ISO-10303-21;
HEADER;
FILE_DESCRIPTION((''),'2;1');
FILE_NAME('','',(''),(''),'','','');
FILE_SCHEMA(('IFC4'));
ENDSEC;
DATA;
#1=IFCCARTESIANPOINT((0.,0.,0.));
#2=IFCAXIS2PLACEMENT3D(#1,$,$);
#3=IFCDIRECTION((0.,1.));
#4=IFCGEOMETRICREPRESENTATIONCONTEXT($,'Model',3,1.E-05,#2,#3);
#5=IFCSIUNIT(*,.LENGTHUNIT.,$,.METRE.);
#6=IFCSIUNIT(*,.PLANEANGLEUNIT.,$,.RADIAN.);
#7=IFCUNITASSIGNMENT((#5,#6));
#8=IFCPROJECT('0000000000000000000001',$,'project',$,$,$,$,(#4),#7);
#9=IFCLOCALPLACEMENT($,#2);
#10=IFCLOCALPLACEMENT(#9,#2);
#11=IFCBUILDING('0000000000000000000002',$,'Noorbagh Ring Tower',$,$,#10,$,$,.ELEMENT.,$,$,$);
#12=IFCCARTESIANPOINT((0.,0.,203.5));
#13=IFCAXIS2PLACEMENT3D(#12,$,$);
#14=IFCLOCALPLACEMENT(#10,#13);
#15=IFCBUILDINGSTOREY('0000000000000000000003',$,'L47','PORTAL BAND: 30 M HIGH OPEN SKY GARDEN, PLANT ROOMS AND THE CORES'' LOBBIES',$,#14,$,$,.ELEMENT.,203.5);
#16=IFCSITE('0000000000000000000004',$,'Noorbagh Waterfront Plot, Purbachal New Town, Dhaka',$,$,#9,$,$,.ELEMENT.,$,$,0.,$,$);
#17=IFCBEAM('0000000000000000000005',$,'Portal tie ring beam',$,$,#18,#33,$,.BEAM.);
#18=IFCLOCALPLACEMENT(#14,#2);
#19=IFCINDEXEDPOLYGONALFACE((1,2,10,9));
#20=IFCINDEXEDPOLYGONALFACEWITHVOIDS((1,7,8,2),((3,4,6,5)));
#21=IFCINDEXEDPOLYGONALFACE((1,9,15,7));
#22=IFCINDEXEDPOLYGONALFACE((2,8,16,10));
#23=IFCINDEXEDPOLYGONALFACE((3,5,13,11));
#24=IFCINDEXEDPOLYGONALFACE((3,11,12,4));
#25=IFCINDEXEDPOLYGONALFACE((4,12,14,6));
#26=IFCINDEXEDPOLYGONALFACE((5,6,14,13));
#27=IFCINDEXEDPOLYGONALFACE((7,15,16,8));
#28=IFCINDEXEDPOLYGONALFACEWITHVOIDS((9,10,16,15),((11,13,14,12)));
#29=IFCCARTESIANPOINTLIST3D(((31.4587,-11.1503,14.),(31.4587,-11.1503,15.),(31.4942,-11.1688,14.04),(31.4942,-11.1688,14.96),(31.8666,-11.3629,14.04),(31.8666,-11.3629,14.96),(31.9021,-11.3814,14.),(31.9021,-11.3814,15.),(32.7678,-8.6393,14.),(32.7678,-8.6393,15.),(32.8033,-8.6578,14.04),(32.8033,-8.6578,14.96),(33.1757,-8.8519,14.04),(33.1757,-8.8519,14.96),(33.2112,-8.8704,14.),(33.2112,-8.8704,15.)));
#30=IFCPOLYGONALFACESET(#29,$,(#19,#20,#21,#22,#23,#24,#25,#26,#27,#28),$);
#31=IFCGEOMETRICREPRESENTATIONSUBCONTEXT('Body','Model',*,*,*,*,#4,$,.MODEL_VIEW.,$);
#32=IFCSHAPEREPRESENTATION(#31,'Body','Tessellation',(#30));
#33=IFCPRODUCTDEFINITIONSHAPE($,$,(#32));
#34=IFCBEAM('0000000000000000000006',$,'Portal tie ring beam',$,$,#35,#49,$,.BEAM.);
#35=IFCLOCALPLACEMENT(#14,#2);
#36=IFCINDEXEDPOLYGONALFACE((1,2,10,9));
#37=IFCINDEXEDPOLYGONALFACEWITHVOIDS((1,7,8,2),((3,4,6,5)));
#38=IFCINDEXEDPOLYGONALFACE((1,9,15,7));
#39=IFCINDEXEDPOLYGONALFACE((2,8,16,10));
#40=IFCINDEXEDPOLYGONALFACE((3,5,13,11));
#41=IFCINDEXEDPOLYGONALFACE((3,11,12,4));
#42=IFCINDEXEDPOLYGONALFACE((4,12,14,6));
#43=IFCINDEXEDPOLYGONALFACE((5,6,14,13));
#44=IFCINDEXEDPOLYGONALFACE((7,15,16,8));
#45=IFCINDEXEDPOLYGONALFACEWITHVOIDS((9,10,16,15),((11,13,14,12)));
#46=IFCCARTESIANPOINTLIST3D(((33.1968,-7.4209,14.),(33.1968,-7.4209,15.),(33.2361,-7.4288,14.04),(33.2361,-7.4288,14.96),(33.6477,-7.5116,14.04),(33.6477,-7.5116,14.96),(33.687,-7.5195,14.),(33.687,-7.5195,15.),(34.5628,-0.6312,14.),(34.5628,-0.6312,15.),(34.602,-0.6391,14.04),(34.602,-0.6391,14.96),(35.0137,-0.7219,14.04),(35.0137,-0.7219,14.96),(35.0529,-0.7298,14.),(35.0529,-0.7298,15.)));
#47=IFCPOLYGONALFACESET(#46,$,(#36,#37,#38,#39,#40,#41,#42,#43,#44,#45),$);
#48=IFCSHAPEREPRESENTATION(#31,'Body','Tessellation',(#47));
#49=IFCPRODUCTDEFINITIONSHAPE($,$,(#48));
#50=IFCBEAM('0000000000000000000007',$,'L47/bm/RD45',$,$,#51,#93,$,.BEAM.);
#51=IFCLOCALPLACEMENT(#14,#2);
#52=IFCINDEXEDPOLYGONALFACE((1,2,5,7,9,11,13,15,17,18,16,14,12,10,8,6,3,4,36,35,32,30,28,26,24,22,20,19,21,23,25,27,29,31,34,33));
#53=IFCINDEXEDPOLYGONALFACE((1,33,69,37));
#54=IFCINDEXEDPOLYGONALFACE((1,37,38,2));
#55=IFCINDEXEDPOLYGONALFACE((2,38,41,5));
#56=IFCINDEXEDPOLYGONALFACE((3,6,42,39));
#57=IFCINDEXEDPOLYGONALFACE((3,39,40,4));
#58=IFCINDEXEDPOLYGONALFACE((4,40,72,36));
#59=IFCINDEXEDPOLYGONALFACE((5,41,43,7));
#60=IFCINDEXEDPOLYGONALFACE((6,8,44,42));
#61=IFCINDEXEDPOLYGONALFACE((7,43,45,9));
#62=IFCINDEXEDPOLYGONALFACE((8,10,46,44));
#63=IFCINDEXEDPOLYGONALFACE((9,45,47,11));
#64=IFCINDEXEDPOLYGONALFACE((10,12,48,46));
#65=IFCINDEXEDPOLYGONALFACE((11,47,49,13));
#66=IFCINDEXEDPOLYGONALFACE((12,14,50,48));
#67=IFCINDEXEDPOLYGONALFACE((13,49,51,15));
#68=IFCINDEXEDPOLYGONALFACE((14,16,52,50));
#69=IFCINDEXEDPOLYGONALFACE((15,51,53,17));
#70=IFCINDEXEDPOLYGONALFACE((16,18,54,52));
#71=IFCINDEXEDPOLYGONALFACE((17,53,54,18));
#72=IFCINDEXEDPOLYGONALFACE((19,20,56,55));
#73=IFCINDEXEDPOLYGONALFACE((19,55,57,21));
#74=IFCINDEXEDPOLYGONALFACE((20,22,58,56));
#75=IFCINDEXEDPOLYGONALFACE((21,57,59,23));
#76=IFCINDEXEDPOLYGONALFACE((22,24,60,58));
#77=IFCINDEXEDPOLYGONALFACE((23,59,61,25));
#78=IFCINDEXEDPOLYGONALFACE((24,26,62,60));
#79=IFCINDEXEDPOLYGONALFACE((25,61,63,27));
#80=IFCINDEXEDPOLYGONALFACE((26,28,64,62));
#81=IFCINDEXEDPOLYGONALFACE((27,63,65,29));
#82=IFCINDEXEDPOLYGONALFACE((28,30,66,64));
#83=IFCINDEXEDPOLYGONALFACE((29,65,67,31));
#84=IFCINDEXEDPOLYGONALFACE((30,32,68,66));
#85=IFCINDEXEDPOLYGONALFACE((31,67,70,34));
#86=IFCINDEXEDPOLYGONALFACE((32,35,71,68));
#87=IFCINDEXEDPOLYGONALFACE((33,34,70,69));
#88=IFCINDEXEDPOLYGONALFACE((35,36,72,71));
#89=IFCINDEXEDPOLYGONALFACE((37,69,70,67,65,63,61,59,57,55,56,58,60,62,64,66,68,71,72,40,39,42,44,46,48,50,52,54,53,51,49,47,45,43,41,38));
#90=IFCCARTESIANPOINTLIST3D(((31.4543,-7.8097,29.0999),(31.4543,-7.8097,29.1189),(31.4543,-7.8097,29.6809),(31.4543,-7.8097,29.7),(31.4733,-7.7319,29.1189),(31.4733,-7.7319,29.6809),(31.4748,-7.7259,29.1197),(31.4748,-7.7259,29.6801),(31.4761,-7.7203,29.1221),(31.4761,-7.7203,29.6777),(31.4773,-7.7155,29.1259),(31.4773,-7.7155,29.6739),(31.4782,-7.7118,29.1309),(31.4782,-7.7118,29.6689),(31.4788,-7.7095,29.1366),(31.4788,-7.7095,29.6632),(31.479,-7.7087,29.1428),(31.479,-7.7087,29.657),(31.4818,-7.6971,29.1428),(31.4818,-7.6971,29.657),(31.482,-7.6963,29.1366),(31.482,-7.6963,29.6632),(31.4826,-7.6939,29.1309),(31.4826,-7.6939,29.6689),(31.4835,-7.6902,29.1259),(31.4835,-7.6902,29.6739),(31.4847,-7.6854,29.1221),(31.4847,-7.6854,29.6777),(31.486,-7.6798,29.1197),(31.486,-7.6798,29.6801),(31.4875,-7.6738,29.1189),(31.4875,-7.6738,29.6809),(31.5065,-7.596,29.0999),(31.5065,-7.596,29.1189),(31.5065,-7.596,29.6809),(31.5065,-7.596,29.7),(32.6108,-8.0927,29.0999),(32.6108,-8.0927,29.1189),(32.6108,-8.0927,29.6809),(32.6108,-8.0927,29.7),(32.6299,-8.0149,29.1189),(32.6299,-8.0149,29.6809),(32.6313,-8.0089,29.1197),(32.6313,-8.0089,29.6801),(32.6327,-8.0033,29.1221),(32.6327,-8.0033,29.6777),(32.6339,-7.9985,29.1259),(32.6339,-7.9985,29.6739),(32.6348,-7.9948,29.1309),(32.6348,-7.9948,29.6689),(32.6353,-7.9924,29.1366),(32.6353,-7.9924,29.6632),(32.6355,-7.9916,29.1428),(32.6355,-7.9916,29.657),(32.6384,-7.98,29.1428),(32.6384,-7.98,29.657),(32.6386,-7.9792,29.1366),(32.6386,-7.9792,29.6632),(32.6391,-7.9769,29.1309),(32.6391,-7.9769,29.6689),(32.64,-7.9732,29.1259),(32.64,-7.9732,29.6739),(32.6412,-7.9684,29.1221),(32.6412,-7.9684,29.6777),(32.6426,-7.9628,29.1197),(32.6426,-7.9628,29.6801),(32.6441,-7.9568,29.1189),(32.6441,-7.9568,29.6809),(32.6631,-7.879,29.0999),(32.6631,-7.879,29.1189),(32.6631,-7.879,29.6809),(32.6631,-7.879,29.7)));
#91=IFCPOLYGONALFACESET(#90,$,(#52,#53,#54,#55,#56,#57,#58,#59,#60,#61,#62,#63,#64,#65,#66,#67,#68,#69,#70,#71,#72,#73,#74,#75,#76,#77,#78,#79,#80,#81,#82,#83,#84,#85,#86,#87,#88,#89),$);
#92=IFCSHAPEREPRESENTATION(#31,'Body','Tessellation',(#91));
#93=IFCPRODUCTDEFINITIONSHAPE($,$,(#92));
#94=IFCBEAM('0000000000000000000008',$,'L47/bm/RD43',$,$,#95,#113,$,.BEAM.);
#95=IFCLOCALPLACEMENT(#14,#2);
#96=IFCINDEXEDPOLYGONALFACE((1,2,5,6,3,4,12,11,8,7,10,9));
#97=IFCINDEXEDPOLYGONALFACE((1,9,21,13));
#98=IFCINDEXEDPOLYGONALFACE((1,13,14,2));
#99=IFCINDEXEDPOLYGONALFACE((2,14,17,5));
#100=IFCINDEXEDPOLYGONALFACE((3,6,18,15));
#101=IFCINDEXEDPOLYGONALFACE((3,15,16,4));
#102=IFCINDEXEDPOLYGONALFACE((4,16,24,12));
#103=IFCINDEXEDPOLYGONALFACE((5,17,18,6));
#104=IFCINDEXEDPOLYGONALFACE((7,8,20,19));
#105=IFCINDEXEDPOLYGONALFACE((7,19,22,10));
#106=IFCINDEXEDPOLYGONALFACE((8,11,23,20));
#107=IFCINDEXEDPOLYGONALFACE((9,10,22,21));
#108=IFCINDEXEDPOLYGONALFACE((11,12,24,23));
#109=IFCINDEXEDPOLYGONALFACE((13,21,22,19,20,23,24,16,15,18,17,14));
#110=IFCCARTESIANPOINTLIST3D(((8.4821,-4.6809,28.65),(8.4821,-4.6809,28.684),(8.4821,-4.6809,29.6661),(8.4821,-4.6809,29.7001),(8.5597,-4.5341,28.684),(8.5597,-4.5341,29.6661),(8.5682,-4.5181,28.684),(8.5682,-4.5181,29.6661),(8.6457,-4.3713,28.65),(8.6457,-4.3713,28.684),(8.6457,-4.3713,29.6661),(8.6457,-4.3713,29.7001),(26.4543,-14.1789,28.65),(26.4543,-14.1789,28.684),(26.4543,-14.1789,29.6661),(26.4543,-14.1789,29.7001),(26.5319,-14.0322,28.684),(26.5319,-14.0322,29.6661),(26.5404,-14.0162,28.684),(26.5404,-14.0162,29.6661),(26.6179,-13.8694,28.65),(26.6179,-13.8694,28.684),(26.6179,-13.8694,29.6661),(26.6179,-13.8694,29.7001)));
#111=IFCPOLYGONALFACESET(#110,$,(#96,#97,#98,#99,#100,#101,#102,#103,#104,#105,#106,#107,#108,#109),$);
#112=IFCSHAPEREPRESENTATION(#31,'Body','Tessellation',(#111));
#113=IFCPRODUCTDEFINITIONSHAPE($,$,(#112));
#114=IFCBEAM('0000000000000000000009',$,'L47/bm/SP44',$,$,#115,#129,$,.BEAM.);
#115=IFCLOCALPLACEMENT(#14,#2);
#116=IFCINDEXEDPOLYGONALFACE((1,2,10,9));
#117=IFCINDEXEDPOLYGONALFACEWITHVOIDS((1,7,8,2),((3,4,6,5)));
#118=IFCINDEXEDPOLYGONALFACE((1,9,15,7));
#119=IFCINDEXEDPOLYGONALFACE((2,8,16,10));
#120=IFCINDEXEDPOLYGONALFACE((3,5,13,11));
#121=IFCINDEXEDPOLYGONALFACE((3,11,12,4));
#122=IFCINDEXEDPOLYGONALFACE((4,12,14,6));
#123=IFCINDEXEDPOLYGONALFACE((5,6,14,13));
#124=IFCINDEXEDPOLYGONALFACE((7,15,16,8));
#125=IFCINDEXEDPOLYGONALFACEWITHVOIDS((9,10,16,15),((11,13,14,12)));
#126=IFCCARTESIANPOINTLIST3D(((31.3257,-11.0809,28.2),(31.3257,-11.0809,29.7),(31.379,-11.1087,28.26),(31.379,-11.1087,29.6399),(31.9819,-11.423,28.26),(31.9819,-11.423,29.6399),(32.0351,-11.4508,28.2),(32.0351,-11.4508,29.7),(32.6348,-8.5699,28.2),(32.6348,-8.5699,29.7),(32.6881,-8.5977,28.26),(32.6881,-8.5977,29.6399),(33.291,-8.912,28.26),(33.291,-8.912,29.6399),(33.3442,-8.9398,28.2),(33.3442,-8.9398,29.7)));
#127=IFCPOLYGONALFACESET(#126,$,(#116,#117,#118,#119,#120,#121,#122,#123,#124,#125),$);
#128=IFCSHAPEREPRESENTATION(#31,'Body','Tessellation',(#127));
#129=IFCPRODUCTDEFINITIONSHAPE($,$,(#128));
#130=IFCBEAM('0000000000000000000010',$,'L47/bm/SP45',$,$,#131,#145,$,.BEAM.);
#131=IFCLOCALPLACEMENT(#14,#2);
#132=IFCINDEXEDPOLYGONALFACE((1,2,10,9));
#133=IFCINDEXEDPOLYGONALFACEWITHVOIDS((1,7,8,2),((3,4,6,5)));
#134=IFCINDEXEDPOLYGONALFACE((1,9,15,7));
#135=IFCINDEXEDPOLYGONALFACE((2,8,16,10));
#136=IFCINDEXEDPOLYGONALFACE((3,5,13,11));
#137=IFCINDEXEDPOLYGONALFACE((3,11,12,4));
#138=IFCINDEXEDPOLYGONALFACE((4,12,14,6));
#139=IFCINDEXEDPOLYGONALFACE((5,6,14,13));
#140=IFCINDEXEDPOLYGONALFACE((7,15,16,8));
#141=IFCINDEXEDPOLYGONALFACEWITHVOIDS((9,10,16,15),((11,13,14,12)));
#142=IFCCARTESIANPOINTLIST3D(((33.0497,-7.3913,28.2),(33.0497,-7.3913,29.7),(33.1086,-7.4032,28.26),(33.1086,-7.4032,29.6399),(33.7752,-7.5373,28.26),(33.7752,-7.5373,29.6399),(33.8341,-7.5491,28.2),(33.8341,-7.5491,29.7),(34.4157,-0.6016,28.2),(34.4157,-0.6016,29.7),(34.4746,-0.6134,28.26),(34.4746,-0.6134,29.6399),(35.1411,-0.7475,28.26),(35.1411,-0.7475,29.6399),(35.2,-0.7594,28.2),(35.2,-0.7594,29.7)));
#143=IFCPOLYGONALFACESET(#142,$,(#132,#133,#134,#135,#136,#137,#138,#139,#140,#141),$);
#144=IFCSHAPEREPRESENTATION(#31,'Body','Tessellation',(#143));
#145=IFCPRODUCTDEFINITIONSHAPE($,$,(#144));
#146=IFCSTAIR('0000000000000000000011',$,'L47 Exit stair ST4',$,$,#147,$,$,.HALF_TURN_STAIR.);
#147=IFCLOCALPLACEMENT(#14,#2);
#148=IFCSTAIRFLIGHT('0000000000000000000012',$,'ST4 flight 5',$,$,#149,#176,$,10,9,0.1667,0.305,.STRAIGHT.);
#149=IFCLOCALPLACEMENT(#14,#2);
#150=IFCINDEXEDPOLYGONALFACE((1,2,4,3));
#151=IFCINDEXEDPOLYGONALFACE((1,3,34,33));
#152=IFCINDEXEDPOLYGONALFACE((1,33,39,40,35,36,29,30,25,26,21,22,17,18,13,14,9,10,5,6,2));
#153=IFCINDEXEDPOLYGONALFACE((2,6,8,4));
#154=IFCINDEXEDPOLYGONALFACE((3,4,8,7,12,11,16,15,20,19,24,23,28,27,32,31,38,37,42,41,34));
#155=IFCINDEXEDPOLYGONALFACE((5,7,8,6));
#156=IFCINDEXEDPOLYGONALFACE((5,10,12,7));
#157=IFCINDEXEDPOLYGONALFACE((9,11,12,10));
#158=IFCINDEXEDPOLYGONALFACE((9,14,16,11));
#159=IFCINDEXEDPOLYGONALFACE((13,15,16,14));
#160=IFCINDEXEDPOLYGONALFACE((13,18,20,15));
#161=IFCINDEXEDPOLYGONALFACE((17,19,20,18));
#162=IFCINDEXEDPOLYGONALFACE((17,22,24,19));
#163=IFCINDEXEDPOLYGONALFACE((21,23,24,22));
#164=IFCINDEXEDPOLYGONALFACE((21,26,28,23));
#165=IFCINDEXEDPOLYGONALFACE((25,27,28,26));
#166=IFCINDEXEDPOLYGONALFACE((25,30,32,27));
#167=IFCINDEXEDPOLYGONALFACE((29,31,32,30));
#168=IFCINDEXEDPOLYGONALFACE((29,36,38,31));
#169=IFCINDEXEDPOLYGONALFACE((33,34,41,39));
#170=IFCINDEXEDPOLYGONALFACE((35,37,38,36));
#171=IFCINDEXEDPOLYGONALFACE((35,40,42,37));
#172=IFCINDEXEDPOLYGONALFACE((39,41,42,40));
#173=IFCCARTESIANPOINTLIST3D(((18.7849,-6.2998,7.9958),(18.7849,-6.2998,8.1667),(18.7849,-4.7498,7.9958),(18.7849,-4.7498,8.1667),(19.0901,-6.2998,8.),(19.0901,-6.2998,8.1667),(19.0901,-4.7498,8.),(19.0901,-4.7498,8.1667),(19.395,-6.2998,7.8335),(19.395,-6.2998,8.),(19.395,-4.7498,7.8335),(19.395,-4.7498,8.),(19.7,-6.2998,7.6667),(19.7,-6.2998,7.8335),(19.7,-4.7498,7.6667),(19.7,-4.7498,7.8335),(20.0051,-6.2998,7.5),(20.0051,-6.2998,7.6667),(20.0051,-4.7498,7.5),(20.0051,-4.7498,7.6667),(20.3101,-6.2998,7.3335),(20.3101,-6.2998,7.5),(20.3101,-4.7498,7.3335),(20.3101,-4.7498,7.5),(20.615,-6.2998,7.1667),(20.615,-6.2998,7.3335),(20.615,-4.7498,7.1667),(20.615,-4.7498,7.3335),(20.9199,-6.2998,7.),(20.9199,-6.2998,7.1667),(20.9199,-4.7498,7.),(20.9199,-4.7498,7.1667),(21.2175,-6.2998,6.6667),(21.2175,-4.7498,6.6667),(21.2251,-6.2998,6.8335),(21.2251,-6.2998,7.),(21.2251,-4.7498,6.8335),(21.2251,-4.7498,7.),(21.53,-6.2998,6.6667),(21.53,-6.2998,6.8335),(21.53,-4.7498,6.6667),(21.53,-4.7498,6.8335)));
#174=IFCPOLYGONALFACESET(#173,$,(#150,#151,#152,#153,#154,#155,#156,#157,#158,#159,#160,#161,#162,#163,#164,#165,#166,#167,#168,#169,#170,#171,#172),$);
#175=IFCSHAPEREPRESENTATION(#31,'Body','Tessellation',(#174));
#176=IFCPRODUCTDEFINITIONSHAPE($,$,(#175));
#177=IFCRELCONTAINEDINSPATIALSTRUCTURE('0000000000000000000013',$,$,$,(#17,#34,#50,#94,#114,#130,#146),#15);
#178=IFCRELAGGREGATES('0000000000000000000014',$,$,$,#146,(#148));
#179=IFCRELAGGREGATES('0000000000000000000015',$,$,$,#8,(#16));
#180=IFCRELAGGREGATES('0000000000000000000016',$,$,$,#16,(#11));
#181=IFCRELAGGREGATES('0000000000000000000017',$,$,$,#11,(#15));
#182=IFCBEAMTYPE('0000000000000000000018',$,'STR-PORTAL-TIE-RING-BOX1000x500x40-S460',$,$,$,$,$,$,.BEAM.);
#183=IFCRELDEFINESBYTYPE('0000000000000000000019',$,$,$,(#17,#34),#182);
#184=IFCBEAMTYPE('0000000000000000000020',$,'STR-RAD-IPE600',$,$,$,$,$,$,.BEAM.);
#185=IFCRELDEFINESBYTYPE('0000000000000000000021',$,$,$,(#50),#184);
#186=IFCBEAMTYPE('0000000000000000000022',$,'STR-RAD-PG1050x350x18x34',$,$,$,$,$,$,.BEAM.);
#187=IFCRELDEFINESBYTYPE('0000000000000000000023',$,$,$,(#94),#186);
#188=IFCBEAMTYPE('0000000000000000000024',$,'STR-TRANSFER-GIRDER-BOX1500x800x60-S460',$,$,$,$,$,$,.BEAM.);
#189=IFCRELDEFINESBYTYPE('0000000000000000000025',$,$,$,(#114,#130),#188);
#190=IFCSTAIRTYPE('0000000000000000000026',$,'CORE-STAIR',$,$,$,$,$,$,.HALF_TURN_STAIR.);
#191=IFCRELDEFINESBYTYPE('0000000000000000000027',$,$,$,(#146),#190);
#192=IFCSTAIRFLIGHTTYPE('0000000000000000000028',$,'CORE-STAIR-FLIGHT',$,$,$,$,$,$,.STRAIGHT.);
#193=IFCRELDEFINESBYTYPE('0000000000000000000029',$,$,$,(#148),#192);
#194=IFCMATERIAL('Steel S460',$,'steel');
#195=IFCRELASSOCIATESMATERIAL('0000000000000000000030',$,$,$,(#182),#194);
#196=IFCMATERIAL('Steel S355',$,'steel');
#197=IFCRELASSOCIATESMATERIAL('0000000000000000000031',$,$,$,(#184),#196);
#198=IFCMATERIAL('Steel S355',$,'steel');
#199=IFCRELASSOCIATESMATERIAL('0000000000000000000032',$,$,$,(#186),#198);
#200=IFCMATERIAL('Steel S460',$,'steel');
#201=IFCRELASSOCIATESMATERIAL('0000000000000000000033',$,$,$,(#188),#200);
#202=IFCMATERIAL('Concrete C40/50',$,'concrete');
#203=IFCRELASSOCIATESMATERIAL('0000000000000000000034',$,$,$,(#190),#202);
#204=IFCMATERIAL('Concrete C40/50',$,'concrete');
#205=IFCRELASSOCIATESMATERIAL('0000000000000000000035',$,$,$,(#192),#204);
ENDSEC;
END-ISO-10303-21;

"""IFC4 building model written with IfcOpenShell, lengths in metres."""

from ifc_helpers import new_model, si_unit, direction, frame, origin, origin_2d, place, context, subcontext, project, spatial, polyline, hollow_rectangle, i_section, outline, extrude, material, material_profile, profile_set, type_object, element, aggregate, save


model = new_model("IFC4")

# Units and contexts
model_context = context("Model", 3, precision=1e-05, world=origin(), true_north=direction((0.0, 1.0)))
body_context = subcontext(model_context, "Body", "Model", "MODEL_VIEW")
ifc_project = project(units=[si_unit("LENGTHUNIT", "METRE"), si_unit("PLANEANGLEUNIT", "RADIAN")], contexts=[model_context])

# Site, building, storey
site_placement = place(None, origin())
site = spatial("IfcSite", under=ifc_project, at=site_placement, Name="Noorbagh Waterfront Plot, Purbachal New Town, Dhaka", CompositionType="ELEMENT", RefElevation=0.0)
building_placement = place(site_placement, origin())
building = spatial("IfcBuilding", under=site, at=building_placement, Name="Noorbagh Ring Tower", CompositionType="ELEMENT")
storey_placement = place(building_placement, frame((0.0, 0.0, 203.5)))
storey = spatial("IfcBuildingStorey", under=building, at=storey_placement, Name="L47", Description="PORTAL BAND: 30 M HIGH OPEN SKY GARDEN, PLANT ROOMS AND THE CORES' LOBBIES", CompositionType="ELEMENT", Elevation=203.5)

# Beams
ifc_material_1 = material(Name="Steel S460", Category="steel")
ifc_material_profile_1 = material_profile(ifc_material_1, hollow_rectangle(XDim=0.5, YDim=1.0, WallThickness=0.04, at=origin_2d()), Name="BOX1000x500x40")
ifc_profile_set_1 = profile_set([ifc_material_profile_1], Name="Steel S460")
beam_type_1 = type_object("IfcBeamType", Name="STR-PORTAL-TIE-RING-BOX1000x500x40-S460", PredefinedType="BEAM", material=ifc_profile_set_1)
beam_1_placement = place(storey_placement, frame((31.6804, -11.2659, 14.5), z_axis=(0.462289, 0.886729, 0.0), x_axis=(-0.886729, 0.462289, 0.0)))
element("IfcBeam", 1, at=beam_1_placement, inside=storey, type_object=beam_type_1, Name="Portal tie ring beam", PredefinedType="BEAM", context=body_context, shape_type="SweptSolid", body=[
    extrude(hollow_rectangle(XDim=0.5, YDim=1.0, WallThickness=0.04, at=origin_2d()), origin(), (0.0, 0.0, 1.0), 2.8318),
])
beam_2_placement = place(storey_placement, frame((33.4419, -7.4702, 14.5), z_axis=(0.197228, 0.980358, 0.0), x_axis=(-0.980358, 0.197228, 0.0)))
element("IfcBeam", 2, at=beam_2_placement, inside=storey, type_object=beam_type_1, Name="Portal tie ring beam", PredefinedType="BEAM", context=body_context, shape_type="SweptSolid", body=[
    extrude(hollow_rectangle(XDim=0.5, YDim=1.0, WallThickness=0.04, at=origin_2d()), origin(), (0.0, 0.0, 1.0), 6.9258),
])
ifc_material_2 = material(Name="Steel S355", Category="steel")
ifc_material_profile_2 = material_profile(ifc_material_2, i_section(OverallWidth=0.22, OverallDepth=0.6001, WebThickness=0.012, FlangeThickness=0.019, FilletRadius=0.0239, at=origin_2d()), Name="IPE600")
ifc_profile_set_2 = profile_set([ifc_material_profile_2], Name="Steel S355")
beam_type_2 = type_object("IfcBeamType", Name="STR-RAD-IPE600", PredefinedType="BEAM", material=ifc_profile_set_2)
beam_3_placement = place(storey_placement, frame((32.637, -7.9858, 29.3999), z_axis=(-0.971349, 0.237659, 0.0), x_axis=(-0.237659, -0.971349, 0.0)))
element("IfcBeam", 3, at=beam_3_placement, inside=storey, type_object=beam_type_2, Name="L47/bm/RD45", PredefinedType="BEAM", context=body_context, shape_type="SweptSolid", body=[
    extrude(i_section(OverallWidth=0.22, OverallDepth=0.6001, WebThickness=0.012, FlangeThickness=0.019, FilletRadius=0.0239, at=origin_2d()), origin(), (0.0, 0.0, 1.0), 1.1907),
])
ifc_material_3 = material(Name="Steel S355", Category="steel")
ifc_material_profile_3 = material_profile(ifc_material_3, i_section(OverallWidth=0.3501, OverallDepth=1.05, WebThickness=0.0181, FlangeThickness=0.0339, at=origin_2d()), Name="PG1050x350x18x34")
ifc_profile_set_3 = profile_set([ifc_material_profile_3], Name="Steel S355")
beam_type_3 = type_object("IfcBeamType", Name="STR-RAD-PG1050x350x18x34", PredefinedType="BEAM", material=ifc_profile_set_3)
beam_4_placement = place(storey_placement, frame((26.5361, -14.0242, 29.175), z_axis=(-0.884126, 0.467249, 0.0), x_axis=(-0.467249, -0.884126, 0.0)))
element("IfcBeam", 4, at=beam_4_placement, inside=storey, type_object=beam_type_3, Name="L47/bm/RD43", PredefinedType="BEAM", context=body_context, shape_type="SweptSolid", body=[
    extrude(i_section(OverallWidth=0.3501, OverallDepth=1.05, WebThickness=0.0181, FlangeThickness=0.0339, at=origin_2d()), origin(), (0.0, 0.0, 1.0), 20.3276),
])
ifc_material_4 = material(Name="Steel S460", Category="steel")
ifc_material_profile_4 = material_profile(ifc_material_4, hollow_rectangle(XDim=0.8, YDim=1.5, WallThickness=0.0601, at=origin_2d()), Name="BOX1500x800x60")
ifc_profile_set_4 = profile_set([ifc_material_profile_4], Name="Steel S460")
beam_type_4 = type_object("IfcBeamType", Name="STR-TRANSFER-GIRDER-BOX1500x800x60-S460", PredefinedType="BEAM", material=ifc_profile_set_4)
beam_5_placement = place(storey_placement, frame((31.6804, -11.2659, 28.95), z_axis=(0.462289, 0.886729, 0.0), x_axis=(-0.886729, 0.462289, 0.0)))
element("IfcBeam", 5, at=beam_5_placement, inside=storey, type_object=beam_type_4, Name="L47/bm/SP44", PredefinedType="BEAM", context=body_context, shape_type="SweptSolid", body=[
    extrude(hollow_rectangle(XDim=0.8, YDim=1.5, WallThickness=0.0601, at=origin_2d()), origin(), (0.0, 0.0, 1.0), 2.8318),
])
beam_6_placement = place(storey_placement, frame((33.4419, -7.4702, 28.95), z_axis=(0.197228, 0.980358, 0.0), x_axis=(-0.980358, 0.197228, 0.0)))
element("IfcBeam", 6, at=beam_6_placement, inside=storey, type_object=beam_type_4, Name="L47/bm/SP45", PredefinedType="BEAM", context=body_context, shape_type="SweptSolid", body=[
    extrude(hollow_rectangle(XDim=0.8, YDim=1.5, WallThickness=0.0601, at=origin_2d()), origin(), (0.0, 0.0, 1.0), 6.9258),
])

# Stair, stair flight
ifc_material_5 = material(Name="Concrete C40/50", Category="concrete")
stair_type = type_object("IfcStairType", Name="CORE-STAIR", PredefinedType="HALF_TURN_STAIR", material=ifc_material_5)
stair_placement = place(storey_placement, origin())
stair = element("IfcStair", 7, at=stair_placement, inside=storey, type_object=stair_type, Name="L47 Exit stair ST4", PredefinedType="HALF_TURN_STAIR")
ifc_material_6 = material(Name="Concrete C40/50", Category="concrete")
stair_flight_type = type_object("IfcStairFlightType", Name="CORE-STAIR-FLIGHT", PredefinedType="STRAIGHT", material=ifc_material_6)
stair_flight_1_placement = place(storey_placement, frame((21.53, -5.5249, 6.6667), z_axis=(0.0, 0.0, 1.0), x_axis=(-1.0, 0.0, 0.0)))
stair_flight_1 = element("IfcStairFlight", 8, at=stair_flight_1_placement, type_object=stair_flight_type, Name="ST4 flight 5", NumberOfRisers=10, NumberOfTreads=9, PredefinedType="STRAIGHT", RiserHeight=0.1667, TreadLength=0.305, context=body_context, shape_type="SweptSolid", body=[
    extrude(outline(polyline([(0.0, 0.0), (0.0, 0.1667), (0.3049, 0.1667), (0.3049, 0.3333), (0.6101, 0.3333), (0.6101, 0.5), (0.915, 0.5), (0.915, 0.6667), (1.22, 0.6667), (1.22, 0.8333), (1.5249, 0.8333), (1.5249, 1.0), (1.8301, 1.0), (1.8301, 1.1667), (2.135, 1.1667), (2.135, 1.3333), (2.4399, 1.3333), (2.4399, 1.5), (2.7451, 1.5), (2.7451, 1.6667), (2.7451, 1.3291), (0.3125, 0.0), (0.0, 0.0)])), frame((0.0, 0.7749, 0.0), z_axis=(0.0, -1.0, 0.0), x_axis=(1.0, 0.0, 0.0)), (0.0, 0.0, 1.0), 1.55),
])
aggregate(stair, [stair_flight_1])

save(model, "model.ifc")
